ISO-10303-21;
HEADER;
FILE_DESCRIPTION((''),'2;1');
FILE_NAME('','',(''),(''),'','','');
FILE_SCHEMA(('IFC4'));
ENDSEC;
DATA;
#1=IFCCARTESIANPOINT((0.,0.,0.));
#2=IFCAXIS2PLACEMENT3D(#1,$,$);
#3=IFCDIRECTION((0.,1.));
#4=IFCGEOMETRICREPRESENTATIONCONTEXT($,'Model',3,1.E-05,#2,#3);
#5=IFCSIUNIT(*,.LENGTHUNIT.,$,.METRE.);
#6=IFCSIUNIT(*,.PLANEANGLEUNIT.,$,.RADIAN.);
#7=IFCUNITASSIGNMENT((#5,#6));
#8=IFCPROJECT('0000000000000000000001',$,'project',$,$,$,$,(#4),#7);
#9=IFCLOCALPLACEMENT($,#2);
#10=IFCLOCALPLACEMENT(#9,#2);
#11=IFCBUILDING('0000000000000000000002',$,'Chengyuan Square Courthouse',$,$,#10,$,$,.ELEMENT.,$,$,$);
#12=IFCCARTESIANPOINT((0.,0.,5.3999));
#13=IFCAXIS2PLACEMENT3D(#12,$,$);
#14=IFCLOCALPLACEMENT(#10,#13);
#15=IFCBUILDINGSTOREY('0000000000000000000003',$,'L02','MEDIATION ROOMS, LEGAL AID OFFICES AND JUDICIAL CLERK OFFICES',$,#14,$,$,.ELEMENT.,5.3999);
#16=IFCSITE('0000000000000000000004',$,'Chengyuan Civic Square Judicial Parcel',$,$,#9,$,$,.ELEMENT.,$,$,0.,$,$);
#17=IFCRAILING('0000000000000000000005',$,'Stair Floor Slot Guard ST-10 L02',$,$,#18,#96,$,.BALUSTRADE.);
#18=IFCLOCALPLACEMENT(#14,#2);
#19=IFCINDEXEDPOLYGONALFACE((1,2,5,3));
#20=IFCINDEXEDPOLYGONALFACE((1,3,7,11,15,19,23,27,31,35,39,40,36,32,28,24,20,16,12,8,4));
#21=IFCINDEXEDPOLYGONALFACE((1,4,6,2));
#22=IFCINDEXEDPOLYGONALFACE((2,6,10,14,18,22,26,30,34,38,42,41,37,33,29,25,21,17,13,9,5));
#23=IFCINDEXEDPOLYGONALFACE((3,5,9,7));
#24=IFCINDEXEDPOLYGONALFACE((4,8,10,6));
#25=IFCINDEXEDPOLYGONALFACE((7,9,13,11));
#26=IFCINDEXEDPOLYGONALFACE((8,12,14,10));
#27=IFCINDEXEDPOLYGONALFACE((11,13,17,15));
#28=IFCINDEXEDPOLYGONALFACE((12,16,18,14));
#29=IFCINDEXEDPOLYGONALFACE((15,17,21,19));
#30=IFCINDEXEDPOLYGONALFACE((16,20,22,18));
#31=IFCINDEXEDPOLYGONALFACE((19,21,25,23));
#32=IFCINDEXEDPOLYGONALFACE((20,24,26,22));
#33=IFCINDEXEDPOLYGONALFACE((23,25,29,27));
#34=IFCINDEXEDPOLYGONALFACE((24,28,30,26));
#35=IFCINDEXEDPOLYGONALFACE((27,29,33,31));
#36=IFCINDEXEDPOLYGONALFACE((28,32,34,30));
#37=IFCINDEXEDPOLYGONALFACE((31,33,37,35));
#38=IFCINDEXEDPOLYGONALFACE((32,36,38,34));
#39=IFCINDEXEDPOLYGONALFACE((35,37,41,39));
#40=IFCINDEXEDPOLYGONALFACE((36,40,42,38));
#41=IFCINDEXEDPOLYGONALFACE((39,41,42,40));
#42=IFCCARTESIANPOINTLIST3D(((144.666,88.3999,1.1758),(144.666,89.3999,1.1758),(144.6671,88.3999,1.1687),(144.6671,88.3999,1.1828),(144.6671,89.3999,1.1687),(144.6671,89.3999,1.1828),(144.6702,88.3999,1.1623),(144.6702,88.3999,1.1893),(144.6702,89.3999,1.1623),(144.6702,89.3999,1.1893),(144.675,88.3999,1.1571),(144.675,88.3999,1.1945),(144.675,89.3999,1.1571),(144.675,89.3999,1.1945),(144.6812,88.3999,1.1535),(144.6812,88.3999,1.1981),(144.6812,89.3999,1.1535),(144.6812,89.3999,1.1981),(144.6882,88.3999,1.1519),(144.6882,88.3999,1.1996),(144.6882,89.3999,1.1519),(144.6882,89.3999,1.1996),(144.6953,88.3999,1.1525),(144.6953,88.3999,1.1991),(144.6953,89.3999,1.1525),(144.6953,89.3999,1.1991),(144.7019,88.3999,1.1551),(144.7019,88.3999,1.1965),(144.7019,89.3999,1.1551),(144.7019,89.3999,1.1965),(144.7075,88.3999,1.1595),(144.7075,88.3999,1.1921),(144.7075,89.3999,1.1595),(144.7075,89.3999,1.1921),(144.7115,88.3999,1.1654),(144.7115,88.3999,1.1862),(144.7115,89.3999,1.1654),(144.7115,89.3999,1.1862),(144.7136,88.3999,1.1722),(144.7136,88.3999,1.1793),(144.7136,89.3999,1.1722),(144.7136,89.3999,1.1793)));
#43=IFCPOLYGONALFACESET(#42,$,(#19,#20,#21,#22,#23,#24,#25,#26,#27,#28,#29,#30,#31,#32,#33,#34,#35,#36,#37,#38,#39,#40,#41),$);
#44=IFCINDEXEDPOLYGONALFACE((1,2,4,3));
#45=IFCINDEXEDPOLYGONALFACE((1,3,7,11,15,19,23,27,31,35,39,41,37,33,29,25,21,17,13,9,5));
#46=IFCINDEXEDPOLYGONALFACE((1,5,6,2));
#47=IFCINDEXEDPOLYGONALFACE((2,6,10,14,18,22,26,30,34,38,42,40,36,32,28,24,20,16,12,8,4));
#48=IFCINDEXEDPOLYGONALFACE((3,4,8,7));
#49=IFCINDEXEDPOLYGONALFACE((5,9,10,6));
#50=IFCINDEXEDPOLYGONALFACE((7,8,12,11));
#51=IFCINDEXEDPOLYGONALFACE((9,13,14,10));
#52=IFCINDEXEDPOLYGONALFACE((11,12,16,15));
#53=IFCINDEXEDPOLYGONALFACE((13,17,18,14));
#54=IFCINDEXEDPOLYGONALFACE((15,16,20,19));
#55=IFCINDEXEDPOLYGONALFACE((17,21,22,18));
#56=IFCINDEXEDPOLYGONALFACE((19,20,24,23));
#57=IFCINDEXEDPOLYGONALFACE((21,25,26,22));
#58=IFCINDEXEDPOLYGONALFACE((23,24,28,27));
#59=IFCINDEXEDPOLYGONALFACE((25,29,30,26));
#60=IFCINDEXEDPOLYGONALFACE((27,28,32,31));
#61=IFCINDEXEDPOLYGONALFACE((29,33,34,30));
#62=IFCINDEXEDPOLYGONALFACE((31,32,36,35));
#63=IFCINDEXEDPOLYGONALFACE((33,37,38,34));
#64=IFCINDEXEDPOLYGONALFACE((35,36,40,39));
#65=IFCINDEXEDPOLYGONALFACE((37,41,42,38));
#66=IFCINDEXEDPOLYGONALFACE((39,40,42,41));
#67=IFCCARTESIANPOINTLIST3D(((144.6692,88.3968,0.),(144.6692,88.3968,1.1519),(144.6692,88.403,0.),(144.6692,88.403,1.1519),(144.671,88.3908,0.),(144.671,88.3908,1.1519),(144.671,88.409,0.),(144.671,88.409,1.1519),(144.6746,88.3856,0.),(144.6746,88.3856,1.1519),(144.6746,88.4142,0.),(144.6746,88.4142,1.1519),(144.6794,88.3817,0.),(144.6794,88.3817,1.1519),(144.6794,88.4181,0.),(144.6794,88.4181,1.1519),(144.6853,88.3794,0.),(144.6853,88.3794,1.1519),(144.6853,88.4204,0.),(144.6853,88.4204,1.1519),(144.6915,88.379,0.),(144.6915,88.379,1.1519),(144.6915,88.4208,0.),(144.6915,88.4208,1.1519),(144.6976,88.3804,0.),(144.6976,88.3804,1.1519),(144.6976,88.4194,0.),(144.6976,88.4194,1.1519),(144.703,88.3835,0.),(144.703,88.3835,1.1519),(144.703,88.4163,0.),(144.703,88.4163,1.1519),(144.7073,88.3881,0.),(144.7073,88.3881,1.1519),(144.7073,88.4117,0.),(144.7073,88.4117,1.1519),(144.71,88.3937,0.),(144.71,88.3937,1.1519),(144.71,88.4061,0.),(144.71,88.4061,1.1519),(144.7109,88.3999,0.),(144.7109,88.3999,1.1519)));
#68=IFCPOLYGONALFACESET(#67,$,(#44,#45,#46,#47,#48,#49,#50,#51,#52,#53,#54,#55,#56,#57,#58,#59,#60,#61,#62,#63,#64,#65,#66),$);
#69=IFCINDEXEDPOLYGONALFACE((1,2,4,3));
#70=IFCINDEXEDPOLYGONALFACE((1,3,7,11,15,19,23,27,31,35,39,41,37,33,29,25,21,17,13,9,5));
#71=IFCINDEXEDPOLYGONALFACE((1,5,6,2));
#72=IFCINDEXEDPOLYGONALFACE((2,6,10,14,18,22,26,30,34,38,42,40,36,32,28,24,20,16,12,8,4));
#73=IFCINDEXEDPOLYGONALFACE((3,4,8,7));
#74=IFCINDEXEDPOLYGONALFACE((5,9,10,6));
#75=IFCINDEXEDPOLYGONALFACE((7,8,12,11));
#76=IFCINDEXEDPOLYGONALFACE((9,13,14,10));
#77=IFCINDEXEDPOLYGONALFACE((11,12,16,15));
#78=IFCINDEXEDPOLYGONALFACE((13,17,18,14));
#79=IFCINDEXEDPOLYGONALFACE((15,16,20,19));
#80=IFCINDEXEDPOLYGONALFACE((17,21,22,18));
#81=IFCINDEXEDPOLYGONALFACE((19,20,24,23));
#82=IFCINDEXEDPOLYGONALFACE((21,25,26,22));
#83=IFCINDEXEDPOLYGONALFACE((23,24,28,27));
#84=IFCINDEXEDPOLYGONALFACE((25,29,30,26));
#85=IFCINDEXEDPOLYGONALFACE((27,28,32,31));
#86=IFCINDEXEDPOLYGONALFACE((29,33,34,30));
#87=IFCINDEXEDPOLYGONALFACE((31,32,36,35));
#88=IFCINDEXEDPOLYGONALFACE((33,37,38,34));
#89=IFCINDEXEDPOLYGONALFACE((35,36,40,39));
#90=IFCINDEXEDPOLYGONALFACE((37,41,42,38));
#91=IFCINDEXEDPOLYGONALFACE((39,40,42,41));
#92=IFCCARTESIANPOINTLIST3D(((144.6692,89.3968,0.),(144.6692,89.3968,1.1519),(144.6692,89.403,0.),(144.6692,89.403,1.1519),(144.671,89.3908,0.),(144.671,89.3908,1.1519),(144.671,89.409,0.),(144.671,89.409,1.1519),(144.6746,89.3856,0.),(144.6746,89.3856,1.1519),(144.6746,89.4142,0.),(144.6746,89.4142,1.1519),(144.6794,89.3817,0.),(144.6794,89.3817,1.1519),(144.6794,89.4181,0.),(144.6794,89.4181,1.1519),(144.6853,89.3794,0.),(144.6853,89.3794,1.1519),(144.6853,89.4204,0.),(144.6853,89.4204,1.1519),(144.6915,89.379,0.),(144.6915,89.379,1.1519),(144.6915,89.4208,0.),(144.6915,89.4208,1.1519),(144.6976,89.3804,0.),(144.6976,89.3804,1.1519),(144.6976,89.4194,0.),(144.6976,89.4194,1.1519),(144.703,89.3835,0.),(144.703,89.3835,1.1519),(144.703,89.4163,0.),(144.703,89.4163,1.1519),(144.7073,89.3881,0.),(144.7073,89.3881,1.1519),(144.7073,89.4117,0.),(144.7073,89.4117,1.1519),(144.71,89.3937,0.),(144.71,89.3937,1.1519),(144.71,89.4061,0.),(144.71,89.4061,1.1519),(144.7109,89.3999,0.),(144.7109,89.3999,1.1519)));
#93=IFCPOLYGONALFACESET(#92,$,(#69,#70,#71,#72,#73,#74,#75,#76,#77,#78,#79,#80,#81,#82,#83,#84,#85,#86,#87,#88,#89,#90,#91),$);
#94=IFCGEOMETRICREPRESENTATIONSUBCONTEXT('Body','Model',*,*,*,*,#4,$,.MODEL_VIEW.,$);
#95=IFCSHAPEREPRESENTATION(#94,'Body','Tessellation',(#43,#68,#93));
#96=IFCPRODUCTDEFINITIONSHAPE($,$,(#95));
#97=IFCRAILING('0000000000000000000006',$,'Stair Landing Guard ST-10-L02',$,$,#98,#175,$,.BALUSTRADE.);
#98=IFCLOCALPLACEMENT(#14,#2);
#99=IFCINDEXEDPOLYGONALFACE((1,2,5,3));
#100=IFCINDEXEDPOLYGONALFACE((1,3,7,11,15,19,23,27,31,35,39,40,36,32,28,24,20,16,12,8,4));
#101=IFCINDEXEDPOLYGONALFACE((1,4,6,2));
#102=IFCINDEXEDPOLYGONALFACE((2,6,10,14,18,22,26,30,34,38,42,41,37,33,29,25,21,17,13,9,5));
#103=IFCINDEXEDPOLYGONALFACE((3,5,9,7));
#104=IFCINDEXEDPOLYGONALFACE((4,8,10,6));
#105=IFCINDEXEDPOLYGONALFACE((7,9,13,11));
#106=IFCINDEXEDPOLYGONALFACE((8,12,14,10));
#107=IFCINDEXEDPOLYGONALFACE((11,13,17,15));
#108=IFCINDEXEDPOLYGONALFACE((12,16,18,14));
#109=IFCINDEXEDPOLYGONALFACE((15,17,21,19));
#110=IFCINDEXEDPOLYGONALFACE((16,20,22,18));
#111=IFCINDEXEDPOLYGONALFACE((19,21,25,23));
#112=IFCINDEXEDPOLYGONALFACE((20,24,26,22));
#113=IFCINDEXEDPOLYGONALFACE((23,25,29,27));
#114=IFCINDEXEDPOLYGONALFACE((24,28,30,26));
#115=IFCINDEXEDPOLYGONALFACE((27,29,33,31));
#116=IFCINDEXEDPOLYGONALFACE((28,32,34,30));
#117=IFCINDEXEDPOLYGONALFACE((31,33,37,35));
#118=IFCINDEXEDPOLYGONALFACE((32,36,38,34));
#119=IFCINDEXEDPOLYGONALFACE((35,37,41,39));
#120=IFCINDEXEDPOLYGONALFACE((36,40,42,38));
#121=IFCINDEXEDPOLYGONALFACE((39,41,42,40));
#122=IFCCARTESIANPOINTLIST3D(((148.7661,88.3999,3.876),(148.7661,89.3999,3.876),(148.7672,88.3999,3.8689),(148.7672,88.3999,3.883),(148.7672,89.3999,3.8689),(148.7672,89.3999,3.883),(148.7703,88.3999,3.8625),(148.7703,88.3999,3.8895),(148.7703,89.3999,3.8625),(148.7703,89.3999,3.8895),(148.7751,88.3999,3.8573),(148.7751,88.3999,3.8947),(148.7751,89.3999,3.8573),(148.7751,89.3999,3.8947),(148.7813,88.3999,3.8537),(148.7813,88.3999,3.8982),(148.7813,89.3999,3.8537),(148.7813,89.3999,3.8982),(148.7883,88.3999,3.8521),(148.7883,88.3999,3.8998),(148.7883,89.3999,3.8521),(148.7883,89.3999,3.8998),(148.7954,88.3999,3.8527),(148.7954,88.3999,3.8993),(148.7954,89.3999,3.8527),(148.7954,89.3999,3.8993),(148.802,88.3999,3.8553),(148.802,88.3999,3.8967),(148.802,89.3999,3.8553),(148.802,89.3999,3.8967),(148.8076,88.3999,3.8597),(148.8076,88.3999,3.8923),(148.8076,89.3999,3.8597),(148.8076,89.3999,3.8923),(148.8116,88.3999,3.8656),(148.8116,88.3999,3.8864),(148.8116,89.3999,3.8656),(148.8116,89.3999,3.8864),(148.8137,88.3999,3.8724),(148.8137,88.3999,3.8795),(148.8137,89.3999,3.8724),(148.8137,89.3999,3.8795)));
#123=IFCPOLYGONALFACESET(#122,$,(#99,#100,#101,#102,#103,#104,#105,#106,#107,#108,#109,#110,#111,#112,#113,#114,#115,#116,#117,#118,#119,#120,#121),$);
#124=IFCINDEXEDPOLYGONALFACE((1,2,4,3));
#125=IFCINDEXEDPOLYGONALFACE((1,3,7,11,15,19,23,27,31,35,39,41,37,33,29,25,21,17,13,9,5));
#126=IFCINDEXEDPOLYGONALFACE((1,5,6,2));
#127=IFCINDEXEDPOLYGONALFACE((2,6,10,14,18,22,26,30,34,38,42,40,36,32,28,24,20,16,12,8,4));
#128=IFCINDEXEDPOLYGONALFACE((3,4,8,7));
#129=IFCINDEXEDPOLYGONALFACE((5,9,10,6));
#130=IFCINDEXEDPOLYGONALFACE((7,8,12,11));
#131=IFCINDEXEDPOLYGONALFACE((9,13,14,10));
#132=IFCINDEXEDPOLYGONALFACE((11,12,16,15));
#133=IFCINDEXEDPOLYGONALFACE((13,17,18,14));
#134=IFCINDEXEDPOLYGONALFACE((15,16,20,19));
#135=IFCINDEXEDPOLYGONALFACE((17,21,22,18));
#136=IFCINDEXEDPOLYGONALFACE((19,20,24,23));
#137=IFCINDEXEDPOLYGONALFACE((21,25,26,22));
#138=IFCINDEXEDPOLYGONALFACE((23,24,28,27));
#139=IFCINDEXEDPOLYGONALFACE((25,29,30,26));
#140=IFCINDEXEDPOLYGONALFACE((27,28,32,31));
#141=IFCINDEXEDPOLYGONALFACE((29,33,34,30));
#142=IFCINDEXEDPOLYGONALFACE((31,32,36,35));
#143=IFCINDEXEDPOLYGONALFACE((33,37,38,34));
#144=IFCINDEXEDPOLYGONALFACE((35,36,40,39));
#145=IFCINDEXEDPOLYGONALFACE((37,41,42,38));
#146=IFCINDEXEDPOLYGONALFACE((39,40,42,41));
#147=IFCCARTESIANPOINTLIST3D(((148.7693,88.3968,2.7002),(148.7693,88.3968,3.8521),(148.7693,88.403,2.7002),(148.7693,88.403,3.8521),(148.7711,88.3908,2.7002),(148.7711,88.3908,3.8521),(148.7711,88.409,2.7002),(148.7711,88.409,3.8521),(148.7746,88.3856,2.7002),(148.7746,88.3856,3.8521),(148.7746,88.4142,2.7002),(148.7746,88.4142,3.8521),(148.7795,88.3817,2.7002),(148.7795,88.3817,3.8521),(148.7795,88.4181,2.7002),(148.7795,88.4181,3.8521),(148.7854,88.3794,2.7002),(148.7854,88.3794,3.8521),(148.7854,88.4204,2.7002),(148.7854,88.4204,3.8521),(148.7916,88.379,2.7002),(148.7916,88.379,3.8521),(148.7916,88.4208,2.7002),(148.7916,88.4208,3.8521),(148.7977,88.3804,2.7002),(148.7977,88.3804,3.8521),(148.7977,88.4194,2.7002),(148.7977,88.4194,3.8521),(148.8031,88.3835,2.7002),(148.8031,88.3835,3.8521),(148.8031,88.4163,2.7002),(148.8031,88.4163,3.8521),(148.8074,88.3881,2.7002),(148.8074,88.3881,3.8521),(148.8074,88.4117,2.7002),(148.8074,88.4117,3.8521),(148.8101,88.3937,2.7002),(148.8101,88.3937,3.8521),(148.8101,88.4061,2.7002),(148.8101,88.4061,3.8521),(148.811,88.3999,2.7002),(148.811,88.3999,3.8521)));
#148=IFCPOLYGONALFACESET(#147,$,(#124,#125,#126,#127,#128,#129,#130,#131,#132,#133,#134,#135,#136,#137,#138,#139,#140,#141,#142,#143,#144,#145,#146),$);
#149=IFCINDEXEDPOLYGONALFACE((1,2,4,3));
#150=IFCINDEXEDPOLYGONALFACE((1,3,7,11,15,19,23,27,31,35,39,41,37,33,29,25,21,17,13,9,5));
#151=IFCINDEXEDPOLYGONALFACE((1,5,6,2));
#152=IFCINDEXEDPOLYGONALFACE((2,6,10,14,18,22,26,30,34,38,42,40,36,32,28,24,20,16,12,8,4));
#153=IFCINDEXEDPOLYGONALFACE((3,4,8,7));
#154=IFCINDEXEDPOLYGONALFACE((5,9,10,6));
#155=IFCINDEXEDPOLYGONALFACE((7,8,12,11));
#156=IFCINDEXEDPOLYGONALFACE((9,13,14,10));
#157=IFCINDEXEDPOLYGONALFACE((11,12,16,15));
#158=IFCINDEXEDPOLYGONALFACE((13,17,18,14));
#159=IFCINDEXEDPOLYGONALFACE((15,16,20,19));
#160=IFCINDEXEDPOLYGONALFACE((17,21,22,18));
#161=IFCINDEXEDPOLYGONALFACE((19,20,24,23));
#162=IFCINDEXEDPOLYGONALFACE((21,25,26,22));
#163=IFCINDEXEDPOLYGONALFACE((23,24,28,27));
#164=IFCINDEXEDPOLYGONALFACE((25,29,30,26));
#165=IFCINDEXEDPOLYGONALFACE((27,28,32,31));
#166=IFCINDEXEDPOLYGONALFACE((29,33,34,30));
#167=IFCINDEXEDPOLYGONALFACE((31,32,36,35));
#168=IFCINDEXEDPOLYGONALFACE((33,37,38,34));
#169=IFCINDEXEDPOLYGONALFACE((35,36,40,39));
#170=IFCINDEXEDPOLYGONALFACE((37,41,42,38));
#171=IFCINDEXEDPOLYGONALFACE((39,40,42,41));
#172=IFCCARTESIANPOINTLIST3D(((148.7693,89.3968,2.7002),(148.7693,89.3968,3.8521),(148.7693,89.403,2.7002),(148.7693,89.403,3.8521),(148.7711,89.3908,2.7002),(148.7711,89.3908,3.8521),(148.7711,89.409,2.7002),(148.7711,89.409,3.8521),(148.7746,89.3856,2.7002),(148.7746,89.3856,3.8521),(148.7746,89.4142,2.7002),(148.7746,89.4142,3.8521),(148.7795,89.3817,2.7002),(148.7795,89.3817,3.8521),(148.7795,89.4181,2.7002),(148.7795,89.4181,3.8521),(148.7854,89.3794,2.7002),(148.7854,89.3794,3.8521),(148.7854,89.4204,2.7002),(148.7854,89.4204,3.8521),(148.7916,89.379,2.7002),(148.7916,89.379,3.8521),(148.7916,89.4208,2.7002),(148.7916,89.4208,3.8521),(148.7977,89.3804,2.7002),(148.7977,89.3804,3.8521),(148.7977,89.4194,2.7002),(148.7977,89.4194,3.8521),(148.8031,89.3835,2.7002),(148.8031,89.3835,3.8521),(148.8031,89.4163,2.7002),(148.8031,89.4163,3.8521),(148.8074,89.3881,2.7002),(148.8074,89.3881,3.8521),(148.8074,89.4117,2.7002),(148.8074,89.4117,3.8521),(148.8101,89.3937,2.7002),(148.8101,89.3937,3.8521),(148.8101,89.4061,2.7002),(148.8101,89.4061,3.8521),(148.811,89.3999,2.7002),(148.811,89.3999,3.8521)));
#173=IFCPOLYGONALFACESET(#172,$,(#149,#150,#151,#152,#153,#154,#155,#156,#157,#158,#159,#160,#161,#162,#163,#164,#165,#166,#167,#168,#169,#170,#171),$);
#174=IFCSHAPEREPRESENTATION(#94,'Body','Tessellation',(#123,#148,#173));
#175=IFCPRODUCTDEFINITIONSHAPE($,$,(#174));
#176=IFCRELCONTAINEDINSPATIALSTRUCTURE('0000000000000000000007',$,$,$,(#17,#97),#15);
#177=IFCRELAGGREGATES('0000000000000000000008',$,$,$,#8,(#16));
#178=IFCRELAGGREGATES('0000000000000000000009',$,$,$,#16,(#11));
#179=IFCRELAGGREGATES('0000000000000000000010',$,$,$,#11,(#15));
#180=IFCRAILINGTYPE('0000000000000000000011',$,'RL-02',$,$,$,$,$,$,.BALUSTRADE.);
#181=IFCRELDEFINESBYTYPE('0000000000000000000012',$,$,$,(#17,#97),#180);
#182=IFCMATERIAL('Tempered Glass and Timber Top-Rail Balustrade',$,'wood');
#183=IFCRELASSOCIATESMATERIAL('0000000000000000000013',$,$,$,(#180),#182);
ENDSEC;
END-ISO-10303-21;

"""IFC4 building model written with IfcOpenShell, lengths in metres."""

from ifc_helpers import new_model, si_unit, direction, frame, origin, origin_2d, place, context, subcontext, project, spatial, circle, extrude, material, type_object, element, save


model = new_model("IFC4")

# Units and contexts
model_context = context("Model", 3, precision=1e-05, world=origin(), true_north=direction((0.0, 1.0)))
body_context = subcontext(model_context, "Body", "Model", "MODEL_VIEW")
ifc_project = project(units=[si_unit("LENGTHUNIT", "METRE"), si_unit("PLANEANGLEUNIT", "RADIAN")], contexts=[model_context])

# Site, building, storey
site_placement = place(None, origin())
site = spatial("IfcSite", under=ifc_project, at=site_placement, Name="Chengyuan Civic Square Judicial Parcel", CompositionType="ELEMENT", RefElevation=0.0)
building_placement = place(site_placement, origin())
building = spatial("IfcBuilding", under=site, at=building_placement, Name="Chengyuan Square Courthouse", CompositionType="ELEMENT")
storey_placement = place(building_placement, frame((0.0, 0.0, 5.3999)))
storey = spatial("IfcBuildingStorey", under=building, at=storey_placement, Name="L02", Description="MEDIATION ROOMS, LEGAL AID OFFICES AND JUDICIAL CLERK OFFICES", CompositionType="ELEMENT", Elevation=5.3999)

# Railings
ifc_material_1 = material(Name="Tempered Glass and Timber Top-Rail Balustrade", Category="wood")
railing_type_1 = type_object("IfcRailingType", Name="RL-02", PredefinedType="BALUSTRADE", material=ifc_material_1)
for number, where, name in (
    (1, (144.6899, 88.3999, 0.0), "Stair Floor Slot Guard ST-10 L02"),
    (2, (148.79, 88.3999, 2.7002), "Stair Landing Guard ST-10-L02"),
):
    element("IfcRailing", number, at=place(storey_placement, frame(where)), inside=storey, type_object=railing_type_1, Name=name, PredefinedType="BALUSTRADE", context=body_context, shape_type="SweptSolid", body=[
        extrude(circle(Radius=0.0239, at=origin_2d()), frame((0.0, 0.0, 1.1758), z_axis=(0.0, 1.0, 0.0), x_axis=(-1.0, 0.0, 0.0)), (0.0, 0.0, 1.0), 1.0),
        extrude(circle(Radius=0.021, at=origin_2d()), origin(), (0.0, 0.0, 1.0), 1.1519),
        extrude(circle(Radius=0.021, at=origin_2d()), frame((0.0, 1.0, 0.0)), (0.0, 0.0, 1.0), 1.1519),
    ])

save(model, "model.ifc")
